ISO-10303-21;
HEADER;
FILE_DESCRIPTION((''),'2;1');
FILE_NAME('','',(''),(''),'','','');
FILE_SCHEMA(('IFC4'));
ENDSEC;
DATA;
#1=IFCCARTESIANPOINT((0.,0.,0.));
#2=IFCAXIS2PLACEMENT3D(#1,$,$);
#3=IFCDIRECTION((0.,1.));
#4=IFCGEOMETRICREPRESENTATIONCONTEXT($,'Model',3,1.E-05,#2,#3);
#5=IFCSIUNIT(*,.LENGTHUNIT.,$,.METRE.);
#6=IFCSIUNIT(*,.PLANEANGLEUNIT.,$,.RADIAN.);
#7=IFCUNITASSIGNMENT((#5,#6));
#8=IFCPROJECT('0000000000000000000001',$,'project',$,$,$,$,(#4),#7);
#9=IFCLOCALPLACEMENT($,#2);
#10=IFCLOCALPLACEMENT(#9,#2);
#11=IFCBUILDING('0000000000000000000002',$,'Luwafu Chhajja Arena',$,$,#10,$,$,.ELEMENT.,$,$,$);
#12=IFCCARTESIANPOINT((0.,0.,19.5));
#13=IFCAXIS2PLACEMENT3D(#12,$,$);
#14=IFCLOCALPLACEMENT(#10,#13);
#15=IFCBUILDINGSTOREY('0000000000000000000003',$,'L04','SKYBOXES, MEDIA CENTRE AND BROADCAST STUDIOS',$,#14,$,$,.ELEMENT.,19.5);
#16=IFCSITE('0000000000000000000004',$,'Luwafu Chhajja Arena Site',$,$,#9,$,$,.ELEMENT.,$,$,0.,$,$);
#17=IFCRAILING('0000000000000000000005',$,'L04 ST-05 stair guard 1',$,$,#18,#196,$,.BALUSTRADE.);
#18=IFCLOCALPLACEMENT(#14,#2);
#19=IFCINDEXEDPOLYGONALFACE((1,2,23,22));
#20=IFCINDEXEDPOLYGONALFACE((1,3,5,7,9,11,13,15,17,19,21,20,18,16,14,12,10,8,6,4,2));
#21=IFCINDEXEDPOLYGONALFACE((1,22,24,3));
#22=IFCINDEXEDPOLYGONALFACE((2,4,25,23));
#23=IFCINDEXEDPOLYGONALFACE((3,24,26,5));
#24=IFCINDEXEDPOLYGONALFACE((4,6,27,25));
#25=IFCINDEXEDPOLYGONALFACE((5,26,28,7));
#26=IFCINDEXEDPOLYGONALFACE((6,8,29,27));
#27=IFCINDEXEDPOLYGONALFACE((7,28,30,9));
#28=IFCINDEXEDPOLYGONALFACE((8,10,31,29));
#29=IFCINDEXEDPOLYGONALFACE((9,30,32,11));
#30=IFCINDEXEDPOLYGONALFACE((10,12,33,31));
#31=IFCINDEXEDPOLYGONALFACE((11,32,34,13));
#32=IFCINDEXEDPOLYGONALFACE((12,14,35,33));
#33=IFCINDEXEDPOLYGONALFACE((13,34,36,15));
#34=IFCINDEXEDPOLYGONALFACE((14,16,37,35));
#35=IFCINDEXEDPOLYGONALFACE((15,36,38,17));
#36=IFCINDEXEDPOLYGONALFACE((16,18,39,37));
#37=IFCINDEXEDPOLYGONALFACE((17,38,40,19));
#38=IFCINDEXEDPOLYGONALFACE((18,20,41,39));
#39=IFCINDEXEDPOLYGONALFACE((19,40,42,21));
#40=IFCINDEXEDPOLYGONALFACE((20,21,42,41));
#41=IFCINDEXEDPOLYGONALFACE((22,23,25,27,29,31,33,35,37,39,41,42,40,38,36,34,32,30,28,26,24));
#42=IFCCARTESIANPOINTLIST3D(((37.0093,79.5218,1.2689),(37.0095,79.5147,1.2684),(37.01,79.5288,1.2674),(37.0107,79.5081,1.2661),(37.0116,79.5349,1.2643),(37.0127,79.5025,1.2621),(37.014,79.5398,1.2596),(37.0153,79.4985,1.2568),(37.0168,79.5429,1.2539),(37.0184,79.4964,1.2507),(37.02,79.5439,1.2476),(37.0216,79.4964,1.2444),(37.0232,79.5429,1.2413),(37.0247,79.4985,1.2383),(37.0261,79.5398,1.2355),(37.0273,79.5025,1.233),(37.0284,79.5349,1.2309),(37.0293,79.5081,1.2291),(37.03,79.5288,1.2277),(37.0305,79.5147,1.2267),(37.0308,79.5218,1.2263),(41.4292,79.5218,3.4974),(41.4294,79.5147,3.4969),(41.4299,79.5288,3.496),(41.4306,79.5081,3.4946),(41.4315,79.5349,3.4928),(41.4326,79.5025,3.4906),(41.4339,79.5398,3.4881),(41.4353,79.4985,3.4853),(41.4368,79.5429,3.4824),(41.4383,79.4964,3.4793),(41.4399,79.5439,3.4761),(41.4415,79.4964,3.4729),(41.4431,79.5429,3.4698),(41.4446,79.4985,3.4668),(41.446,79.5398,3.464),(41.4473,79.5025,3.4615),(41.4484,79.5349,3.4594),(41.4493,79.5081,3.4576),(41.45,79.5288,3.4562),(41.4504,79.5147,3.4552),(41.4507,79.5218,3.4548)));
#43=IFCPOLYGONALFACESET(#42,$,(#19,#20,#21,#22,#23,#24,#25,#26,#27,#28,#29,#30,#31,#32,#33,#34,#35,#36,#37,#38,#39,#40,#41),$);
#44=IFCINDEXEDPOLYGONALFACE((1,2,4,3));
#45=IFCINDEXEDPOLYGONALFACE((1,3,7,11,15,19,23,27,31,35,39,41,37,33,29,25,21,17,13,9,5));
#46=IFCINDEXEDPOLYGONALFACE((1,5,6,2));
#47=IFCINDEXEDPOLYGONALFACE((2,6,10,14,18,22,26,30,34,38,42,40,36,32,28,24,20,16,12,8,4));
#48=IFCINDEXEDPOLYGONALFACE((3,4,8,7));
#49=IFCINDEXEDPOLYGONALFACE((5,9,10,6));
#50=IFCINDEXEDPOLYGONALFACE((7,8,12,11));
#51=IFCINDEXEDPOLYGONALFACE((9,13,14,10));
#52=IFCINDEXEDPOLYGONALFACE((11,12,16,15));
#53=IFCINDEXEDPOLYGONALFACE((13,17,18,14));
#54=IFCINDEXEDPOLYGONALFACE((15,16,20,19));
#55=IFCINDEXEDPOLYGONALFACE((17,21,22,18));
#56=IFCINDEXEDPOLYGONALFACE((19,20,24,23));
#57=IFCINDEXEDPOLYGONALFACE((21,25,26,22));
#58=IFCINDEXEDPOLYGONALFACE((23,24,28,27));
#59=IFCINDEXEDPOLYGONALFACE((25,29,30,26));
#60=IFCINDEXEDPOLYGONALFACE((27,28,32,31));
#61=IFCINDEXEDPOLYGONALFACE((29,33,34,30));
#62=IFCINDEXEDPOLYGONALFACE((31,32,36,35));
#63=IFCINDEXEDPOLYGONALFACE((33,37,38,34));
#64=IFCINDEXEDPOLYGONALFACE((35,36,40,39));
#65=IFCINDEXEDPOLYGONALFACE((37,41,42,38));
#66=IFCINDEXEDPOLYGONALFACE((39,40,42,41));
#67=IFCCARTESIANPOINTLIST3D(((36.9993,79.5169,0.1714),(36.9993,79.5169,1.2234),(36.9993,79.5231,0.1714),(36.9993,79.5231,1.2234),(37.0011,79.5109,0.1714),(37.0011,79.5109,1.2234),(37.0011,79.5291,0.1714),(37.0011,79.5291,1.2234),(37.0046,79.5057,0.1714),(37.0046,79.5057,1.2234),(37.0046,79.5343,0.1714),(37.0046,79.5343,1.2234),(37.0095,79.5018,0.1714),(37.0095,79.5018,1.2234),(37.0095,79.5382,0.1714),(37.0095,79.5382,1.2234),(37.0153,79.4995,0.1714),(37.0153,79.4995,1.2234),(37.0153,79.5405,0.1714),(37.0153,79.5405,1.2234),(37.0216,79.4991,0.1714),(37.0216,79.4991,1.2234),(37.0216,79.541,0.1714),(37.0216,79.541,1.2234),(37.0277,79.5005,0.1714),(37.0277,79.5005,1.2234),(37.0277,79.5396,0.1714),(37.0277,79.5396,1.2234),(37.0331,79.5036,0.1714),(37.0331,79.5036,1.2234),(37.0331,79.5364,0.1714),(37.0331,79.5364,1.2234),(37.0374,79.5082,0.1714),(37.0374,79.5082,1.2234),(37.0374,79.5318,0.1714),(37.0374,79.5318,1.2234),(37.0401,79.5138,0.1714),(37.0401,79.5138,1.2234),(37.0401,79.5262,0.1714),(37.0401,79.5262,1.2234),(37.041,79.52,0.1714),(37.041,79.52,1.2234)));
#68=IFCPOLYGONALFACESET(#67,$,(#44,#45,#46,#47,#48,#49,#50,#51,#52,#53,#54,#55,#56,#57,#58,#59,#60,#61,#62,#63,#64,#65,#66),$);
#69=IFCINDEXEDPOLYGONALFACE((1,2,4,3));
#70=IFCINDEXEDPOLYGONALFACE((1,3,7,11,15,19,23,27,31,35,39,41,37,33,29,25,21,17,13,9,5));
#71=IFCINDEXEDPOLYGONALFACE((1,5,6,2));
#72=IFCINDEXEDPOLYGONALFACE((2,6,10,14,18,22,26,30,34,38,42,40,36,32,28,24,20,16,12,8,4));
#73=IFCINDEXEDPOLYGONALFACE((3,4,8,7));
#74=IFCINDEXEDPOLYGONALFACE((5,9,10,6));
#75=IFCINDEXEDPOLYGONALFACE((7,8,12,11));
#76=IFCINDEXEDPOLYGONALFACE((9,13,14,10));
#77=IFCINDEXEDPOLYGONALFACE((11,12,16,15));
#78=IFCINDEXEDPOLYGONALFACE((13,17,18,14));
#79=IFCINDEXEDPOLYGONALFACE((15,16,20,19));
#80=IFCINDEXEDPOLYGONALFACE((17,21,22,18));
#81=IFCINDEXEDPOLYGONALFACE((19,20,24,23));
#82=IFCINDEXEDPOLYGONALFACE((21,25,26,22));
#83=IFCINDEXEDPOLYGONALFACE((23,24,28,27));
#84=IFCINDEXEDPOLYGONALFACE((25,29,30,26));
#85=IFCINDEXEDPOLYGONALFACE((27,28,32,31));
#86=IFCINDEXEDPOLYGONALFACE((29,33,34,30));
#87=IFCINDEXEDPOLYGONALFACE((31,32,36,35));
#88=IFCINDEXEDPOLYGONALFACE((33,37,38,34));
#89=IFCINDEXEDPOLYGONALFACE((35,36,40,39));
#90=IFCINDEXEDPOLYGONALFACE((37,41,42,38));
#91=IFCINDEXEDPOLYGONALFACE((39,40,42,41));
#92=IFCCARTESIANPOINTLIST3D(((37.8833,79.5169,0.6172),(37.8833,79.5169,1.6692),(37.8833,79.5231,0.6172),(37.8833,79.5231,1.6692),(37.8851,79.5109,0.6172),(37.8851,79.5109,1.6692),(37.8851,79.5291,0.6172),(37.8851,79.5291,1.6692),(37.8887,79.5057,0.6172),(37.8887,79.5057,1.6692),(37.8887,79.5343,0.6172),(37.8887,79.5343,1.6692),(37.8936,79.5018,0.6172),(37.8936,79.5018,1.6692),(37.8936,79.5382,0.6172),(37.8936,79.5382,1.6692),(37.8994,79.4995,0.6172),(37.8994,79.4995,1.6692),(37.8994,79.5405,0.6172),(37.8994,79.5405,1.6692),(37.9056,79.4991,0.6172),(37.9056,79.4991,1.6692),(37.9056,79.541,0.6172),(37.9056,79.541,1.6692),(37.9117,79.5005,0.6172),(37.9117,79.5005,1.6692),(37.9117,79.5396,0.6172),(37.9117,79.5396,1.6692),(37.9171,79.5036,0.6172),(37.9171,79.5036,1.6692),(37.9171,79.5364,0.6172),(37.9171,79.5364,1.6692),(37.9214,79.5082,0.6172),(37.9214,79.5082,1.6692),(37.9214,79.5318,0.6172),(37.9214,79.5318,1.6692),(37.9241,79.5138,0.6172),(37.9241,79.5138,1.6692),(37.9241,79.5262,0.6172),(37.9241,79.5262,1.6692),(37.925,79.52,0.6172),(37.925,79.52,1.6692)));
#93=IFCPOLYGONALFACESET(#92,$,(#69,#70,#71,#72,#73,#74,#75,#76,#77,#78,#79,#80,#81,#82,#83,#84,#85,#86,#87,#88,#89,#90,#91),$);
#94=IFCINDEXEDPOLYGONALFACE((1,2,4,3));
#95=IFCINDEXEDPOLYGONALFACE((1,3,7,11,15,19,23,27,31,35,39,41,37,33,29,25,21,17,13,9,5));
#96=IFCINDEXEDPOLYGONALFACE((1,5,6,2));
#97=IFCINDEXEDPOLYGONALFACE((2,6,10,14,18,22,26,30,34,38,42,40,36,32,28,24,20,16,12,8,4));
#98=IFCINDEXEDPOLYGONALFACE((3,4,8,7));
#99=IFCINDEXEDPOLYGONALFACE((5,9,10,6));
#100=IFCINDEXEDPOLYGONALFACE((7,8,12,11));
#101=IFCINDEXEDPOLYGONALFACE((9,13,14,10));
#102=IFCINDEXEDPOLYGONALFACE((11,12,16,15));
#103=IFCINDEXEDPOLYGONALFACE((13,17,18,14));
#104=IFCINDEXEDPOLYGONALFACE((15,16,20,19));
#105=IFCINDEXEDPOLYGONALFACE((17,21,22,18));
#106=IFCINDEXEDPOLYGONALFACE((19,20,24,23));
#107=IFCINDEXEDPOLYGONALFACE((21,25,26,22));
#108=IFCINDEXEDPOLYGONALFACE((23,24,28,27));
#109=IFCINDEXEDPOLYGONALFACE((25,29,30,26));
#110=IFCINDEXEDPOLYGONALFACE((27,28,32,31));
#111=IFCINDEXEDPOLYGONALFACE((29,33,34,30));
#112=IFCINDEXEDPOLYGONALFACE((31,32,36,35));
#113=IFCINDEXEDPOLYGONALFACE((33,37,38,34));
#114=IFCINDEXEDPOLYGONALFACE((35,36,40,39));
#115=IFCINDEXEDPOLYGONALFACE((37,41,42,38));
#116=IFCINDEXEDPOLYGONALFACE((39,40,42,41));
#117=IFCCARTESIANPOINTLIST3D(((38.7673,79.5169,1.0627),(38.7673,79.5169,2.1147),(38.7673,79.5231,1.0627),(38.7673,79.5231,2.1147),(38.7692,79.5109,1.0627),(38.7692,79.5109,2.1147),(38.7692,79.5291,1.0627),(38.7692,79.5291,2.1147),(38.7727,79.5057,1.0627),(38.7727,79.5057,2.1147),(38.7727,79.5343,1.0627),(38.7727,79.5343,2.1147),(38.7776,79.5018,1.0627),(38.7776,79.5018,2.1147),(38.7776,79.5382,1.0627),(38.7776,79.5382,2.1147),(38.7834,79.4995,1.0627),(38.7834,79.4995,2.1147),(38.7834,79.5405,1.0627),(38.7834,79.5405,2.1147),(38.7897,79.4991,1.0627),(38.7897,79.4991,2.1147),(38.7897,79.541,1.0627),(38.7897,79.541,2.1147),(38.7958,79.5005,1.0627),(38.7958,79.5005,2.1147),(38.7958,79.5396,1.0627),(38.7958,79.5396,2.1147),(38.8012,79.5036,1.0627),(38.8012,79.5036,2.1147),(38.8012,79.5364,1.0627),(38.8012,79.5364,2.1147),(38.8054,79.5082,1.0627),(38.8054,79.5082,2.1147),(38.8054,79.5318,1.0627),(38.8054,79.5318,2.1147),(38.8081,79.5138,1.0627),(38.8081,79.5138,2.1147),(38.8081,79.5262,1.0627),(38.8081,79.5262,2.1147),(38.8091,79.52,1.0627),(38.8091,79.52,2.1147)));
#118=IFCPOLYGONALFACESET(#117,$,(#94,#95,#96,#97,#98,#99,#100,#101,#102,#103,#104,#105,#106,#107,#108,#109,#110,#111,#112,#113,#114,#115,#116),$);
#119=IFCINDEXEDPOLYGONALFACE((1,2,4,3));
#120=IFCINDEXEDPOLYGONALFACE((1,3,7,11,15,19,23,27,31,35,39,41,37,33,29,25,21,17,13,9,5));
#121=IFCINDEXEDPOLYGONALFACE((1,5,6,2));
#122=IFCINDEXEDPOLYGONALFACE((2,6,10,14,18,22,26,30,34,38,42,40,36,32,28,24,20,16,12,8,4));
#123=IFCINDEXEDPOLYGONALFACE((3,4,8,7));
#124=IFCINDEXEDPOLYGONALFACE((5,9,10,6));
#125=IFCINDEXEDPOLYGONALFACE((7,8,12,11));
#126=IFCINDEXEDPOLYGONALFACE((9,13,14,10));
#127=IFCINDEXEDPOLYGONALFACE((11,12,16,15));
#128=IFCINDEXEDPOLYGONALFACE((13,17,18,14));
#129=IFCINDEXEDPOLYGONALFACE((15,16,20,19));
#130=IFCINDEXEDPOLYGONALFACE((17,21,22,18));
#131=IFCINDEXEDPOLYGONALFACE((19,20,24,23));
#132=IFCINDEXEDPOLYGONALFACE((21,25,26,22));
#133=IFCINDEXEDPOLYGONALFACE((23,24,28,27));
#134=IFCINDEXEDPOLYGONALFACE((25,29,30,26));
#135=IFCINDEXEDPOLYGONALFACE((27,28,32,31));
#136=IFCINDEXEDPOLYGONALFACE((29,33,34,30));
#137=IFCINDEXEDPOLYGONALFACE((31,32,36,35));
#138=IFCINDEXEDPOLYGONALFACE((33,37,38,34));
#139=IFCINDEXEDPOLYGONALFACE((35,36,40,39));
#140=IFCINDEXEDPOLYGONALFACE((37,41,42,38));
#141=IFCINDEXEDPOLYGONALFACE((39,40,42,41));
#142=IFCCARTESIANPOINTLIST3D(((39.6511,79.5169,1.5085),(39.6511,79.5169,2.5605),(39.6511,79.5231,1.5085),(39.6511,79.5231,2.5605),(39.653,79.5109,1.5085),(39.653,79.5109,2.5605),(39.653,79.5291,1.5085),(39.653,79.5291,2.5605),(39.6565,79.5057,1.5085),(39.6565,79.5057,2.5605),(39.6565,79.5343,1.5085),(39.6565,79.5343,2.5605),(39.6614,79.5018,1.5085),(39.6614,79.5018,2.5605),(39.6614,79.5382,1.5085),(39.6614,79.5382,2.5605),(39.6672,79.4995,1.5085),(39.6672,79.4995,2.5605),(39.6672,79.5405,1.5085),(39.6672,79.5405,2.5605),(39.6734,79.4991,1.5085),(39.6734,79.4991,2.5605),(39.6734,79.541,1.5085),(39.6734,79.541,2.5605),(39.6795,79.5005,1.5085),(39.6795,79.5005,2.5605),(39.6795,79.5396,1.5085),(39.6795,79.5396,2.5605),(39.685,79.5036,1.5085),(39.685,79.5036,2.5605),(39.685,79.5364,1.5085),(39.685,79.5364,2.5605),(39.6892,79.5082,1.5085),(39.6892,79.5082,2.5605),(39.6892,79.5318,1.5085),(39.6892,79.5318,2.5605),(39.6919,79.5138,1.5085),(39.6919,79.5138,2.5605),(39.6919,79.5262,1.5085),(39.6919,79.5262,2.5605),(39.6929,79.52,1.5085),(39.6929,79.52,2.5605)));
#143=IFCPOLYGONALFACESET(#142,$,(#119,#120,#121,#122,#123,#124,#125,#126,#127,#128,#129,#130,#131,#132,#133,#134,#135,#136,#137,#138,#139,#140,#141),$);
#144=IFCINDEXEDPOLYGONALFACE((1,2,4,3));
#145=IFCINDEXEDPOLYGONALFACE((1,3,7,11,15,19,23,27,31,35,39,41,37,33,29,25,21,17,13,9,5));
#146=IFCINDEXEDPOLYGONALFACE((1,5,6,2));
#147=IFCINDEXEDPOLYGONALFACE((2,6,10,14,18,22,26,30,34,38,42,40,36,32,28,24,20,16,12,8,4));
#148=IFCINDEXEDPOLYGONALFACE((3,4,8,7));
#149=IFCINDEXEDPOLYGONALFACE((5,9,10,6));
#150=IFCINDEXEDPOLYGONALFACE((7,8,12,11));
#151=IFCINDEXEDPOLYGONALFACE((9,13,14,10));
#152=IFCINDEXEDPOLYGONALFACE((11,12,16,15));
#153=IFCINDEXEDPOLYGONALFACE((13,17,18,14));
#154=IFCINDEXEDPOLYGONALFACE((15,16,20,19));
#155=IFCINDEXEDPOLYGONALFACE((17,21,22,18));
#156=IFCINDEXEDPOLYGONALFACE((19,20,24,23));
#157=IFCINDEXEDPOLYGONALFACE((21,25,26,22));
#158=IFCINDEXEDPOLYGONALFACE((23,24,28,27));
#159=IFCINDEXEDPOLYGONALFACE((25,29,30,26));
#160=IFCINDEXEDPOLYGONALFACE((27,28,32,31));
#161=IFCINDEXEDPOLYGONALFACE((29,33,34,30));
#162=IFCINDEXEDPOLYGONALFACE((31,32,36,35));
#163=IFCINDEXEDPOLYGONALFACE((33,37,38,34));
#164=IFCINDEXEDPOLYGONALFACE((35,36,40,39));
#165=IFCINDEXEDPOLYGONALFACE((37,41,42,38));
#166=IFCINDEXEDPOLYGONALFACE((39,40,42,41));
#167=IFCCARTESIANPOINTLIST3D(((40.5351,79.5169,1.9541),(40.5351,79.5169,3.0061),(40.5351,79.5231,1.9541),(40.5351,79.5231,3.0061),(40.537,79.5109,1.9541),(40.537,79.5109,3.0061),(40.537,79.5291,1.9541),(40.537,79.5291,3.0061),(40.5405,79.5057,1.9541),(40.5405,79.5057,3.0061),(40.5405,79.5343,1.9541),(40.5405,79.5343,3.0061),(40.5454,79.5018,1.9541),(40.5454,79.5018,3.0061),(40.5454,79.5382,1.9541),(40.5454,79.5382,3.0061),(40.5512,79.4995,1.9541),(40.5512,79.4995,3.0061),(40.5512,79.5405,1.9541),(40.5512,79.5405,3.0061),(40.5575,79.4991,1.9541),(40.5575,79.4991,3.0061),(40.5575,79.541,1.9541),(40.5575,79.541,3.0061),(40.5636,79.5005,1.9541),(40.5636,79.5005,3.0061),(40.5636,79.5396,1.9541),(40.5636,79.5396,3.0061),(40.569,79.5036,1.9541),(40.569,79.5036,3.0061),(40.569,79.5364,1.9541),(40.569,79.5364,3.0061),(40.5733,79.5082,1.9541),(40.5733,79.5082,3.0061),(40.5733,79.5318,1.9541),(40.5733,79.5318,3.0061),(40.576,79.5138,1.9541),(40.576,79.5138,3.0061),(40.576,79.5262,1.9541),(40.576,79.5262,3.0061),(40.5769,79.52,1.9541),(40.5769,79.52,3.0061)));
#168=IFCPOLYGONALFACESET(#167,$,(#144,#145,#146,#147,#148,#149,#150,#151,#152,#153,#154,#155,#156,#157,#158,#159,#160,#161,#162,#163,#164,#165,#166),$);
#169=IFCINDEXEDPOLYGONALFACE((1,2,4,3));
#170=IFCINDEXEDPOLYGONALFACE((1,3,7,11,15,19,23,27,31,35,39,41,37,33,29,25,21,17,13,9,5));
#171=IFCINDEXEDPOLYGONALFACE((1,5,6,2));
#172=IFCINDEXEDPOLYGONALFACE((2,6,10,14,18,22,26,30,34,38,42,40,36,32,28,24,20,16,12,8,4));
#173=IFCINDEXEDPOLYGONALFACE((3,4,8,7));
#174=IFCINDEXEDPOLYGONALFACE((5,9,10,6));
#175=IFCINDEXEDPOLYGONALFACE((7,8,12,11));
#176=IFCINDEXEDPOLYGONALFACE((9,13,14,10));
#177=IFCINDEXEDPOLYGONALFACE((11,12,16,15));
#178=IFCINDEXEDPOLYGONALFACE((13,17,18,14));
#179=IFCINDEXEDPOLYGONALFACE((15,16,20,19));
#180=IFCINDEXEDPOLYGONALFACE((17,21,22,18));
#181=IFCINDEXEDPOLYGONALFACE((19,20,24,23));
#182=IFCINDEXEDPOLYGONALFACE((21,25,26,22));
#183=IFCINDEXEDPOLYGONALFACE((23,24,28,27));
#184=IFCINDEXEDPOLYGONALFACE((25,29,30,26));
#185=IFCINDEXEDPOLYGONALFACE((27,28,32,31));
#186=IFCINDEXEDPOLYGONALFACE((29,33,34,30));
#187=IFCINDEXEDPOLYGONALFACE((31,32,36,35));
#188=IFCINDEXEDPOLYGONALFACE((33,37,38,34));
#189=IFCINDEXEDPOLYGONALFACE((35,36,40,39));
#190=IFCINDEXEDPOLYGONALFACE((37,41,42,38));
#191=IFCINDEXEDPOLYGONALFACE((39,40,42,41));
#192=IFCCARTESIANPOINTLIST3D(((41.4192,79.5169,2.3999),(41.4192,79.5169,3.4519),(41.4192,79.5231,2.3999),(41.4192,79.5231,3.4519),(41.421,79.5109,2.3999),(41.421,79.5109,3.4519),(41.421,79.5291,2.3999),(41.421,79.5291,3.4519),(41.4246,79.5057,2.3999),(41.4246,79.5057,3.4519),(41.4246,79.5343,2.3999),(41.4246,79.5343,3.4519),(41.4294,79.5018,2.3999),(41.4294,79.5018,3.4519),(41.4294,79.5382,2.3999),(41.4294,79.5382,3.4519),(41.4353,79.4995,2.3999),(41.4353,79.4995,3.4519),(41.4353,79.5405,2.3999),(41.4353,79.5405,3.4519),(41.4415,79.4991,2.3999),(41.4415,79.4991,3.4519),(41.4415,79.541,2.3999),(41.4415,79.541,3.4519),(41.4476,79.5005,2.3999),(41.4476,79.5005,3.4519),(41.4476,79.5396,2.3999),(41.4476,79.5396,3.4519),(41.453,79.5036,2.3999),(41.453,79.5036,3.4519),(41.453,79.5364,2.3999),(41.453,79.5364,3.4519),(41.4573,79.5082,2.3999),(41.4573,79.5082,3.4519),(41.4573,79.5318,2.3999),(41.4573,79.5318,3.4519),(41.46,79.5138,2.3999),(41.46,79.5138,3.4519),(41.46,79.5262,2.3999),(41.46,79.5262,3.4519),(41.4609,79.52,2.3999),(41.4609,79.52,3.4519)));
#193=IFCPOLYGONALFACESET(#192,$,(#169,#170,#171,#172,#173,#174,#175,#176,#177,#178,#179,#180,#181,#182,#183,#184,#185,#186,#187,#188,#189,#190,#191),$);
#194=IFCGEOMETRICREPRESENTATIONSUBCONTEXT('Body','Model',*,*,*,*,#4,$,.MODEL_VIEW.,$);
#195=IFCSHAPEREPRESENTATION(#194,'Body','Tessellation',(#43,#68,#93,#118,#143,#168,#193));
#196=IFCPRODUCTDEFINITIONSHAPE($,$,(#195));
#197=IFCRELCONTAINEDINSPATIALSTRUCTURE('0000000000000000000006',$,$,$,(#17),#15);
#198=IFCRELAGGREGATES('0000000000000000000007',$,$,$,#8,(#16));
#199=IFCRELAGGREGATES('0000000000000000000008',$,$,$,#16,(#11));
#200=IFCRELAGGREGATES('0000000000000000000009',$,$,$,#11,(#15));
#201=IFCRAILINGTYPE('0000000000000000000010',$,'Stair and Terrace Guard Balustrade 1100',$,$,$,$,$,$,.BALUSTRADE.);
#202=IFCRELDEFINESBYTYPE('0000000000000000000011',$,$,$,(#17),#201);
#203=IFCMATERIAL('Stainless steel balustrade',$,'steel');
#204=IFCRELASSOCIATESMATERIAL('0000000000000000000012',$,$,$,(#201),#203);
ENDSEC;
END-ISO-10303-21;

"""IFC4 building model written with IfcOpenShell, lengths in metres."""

from ifc_helpers import new_model, si_unit, direction, frame, origin, origin_2d, place, context, subcontext, project, spatial, circle, extrude, material, type_object, element, save


model = new_model("IFC4")

# Units and contexts
model_context = context("Model", 3, precision=1e-05, world=origin(), true_north=direction((0.0, 1.0)))
body_context = subcontext(model_context, "Body", "Model", "MODEL_VIEW")
ifc_project = project(units=[si_unit("LENGTHUNIT", "METRE"), si_unit("PLANEANGLEUNIT", "RADIAN")], contexts=[model_context])

# Site, building, storey
site_placement = place(None, origin())
site = spatial("IfcSite", under=ifc_project, at=site_placement, Name="Luwafu Chhajja Arena Site", CompositionType="ELEMENT", RefElevation=0.0)
building_placement = place(site_placement, origin())
building = spatial("IfcBuilding", under=site, at=building_placement, Name="Luwafu Chhajja Arena", CompositionType="ELEMENT")
storey_placement = place(building_placement, frame((0.0, 0.0, 19.5)))
storey = spatial("IfcBuildingStorey", under=building, at=storey_placement, Name="L04", Description="SKYBOXES, MEDIA CENTRE AND BROADCAST STUDIOS", CompositionType="ELEMENT", Elevation=19.5)

# Railing
ifc_material_1 = material(Name="Stainless steel balustrade", Category="steel")
railing_type_1 = type_object("IfcRailingType", Name="Stair and Terrace Guard Balustrade 1100", PredefinedType="BALUSTRADE", material=ifc_material_1)
railing_1_placement = place(storey_placement, frame((37.02, 79.52, 0.1714)))
element("IfcRailing", 1, at=railing_1_placement, inside=storey, type_object=railing_type_1, Name="L04 ST-05 stair guard 1", PredefinedType="BALUSTRADE", context=body_context, shape_type="SweptSolid", body=[
    extrude(circle(Radius=0.0239, at=origin_2d()), frame((0.0, 0.0, 1.0762), z_axis=(0.892923, 0.0, 0.45021), x_axis=(0.0, 1.0, 0.0)), (0.0, 0.0, 1.0), 4.95),
    extrude(circle(Radius=0.021, at=origin_2d()), origin(), (0.0, 0.0, 1.0), 1.052),
    extrude(circle(Radius=0.021, at=origin_2d()), frame((0.884, 0.0, 0.4458)), (0.0, 0.0, 1.0), 1.052),
    extrude(circle(Radius=0.021, at=origin_2d()), frame((1.7681, 0.0, 0.8914)), (0.0, 0.0, 1.0), 1.052),
    extrude(circle(Radius=0.021, at=origin_2d()), frame((2.6519, 0.0, 1.3372)), (0.0, 0.0, 1.0), 1.052),
    extrude(circle(Radius=0.021, at=origin_2d()), frame((3.5359, 0.0, 1.7827)), (0.0, 0.0, 1.0), 1.052),
    extrude(circle(Radius=0.021, at=origin_2d()), frame((4.4199, 0.0, 2.2285)), (0.0, 0.0, 1.0), 1.052),
])

save(model, "model.ifc")
